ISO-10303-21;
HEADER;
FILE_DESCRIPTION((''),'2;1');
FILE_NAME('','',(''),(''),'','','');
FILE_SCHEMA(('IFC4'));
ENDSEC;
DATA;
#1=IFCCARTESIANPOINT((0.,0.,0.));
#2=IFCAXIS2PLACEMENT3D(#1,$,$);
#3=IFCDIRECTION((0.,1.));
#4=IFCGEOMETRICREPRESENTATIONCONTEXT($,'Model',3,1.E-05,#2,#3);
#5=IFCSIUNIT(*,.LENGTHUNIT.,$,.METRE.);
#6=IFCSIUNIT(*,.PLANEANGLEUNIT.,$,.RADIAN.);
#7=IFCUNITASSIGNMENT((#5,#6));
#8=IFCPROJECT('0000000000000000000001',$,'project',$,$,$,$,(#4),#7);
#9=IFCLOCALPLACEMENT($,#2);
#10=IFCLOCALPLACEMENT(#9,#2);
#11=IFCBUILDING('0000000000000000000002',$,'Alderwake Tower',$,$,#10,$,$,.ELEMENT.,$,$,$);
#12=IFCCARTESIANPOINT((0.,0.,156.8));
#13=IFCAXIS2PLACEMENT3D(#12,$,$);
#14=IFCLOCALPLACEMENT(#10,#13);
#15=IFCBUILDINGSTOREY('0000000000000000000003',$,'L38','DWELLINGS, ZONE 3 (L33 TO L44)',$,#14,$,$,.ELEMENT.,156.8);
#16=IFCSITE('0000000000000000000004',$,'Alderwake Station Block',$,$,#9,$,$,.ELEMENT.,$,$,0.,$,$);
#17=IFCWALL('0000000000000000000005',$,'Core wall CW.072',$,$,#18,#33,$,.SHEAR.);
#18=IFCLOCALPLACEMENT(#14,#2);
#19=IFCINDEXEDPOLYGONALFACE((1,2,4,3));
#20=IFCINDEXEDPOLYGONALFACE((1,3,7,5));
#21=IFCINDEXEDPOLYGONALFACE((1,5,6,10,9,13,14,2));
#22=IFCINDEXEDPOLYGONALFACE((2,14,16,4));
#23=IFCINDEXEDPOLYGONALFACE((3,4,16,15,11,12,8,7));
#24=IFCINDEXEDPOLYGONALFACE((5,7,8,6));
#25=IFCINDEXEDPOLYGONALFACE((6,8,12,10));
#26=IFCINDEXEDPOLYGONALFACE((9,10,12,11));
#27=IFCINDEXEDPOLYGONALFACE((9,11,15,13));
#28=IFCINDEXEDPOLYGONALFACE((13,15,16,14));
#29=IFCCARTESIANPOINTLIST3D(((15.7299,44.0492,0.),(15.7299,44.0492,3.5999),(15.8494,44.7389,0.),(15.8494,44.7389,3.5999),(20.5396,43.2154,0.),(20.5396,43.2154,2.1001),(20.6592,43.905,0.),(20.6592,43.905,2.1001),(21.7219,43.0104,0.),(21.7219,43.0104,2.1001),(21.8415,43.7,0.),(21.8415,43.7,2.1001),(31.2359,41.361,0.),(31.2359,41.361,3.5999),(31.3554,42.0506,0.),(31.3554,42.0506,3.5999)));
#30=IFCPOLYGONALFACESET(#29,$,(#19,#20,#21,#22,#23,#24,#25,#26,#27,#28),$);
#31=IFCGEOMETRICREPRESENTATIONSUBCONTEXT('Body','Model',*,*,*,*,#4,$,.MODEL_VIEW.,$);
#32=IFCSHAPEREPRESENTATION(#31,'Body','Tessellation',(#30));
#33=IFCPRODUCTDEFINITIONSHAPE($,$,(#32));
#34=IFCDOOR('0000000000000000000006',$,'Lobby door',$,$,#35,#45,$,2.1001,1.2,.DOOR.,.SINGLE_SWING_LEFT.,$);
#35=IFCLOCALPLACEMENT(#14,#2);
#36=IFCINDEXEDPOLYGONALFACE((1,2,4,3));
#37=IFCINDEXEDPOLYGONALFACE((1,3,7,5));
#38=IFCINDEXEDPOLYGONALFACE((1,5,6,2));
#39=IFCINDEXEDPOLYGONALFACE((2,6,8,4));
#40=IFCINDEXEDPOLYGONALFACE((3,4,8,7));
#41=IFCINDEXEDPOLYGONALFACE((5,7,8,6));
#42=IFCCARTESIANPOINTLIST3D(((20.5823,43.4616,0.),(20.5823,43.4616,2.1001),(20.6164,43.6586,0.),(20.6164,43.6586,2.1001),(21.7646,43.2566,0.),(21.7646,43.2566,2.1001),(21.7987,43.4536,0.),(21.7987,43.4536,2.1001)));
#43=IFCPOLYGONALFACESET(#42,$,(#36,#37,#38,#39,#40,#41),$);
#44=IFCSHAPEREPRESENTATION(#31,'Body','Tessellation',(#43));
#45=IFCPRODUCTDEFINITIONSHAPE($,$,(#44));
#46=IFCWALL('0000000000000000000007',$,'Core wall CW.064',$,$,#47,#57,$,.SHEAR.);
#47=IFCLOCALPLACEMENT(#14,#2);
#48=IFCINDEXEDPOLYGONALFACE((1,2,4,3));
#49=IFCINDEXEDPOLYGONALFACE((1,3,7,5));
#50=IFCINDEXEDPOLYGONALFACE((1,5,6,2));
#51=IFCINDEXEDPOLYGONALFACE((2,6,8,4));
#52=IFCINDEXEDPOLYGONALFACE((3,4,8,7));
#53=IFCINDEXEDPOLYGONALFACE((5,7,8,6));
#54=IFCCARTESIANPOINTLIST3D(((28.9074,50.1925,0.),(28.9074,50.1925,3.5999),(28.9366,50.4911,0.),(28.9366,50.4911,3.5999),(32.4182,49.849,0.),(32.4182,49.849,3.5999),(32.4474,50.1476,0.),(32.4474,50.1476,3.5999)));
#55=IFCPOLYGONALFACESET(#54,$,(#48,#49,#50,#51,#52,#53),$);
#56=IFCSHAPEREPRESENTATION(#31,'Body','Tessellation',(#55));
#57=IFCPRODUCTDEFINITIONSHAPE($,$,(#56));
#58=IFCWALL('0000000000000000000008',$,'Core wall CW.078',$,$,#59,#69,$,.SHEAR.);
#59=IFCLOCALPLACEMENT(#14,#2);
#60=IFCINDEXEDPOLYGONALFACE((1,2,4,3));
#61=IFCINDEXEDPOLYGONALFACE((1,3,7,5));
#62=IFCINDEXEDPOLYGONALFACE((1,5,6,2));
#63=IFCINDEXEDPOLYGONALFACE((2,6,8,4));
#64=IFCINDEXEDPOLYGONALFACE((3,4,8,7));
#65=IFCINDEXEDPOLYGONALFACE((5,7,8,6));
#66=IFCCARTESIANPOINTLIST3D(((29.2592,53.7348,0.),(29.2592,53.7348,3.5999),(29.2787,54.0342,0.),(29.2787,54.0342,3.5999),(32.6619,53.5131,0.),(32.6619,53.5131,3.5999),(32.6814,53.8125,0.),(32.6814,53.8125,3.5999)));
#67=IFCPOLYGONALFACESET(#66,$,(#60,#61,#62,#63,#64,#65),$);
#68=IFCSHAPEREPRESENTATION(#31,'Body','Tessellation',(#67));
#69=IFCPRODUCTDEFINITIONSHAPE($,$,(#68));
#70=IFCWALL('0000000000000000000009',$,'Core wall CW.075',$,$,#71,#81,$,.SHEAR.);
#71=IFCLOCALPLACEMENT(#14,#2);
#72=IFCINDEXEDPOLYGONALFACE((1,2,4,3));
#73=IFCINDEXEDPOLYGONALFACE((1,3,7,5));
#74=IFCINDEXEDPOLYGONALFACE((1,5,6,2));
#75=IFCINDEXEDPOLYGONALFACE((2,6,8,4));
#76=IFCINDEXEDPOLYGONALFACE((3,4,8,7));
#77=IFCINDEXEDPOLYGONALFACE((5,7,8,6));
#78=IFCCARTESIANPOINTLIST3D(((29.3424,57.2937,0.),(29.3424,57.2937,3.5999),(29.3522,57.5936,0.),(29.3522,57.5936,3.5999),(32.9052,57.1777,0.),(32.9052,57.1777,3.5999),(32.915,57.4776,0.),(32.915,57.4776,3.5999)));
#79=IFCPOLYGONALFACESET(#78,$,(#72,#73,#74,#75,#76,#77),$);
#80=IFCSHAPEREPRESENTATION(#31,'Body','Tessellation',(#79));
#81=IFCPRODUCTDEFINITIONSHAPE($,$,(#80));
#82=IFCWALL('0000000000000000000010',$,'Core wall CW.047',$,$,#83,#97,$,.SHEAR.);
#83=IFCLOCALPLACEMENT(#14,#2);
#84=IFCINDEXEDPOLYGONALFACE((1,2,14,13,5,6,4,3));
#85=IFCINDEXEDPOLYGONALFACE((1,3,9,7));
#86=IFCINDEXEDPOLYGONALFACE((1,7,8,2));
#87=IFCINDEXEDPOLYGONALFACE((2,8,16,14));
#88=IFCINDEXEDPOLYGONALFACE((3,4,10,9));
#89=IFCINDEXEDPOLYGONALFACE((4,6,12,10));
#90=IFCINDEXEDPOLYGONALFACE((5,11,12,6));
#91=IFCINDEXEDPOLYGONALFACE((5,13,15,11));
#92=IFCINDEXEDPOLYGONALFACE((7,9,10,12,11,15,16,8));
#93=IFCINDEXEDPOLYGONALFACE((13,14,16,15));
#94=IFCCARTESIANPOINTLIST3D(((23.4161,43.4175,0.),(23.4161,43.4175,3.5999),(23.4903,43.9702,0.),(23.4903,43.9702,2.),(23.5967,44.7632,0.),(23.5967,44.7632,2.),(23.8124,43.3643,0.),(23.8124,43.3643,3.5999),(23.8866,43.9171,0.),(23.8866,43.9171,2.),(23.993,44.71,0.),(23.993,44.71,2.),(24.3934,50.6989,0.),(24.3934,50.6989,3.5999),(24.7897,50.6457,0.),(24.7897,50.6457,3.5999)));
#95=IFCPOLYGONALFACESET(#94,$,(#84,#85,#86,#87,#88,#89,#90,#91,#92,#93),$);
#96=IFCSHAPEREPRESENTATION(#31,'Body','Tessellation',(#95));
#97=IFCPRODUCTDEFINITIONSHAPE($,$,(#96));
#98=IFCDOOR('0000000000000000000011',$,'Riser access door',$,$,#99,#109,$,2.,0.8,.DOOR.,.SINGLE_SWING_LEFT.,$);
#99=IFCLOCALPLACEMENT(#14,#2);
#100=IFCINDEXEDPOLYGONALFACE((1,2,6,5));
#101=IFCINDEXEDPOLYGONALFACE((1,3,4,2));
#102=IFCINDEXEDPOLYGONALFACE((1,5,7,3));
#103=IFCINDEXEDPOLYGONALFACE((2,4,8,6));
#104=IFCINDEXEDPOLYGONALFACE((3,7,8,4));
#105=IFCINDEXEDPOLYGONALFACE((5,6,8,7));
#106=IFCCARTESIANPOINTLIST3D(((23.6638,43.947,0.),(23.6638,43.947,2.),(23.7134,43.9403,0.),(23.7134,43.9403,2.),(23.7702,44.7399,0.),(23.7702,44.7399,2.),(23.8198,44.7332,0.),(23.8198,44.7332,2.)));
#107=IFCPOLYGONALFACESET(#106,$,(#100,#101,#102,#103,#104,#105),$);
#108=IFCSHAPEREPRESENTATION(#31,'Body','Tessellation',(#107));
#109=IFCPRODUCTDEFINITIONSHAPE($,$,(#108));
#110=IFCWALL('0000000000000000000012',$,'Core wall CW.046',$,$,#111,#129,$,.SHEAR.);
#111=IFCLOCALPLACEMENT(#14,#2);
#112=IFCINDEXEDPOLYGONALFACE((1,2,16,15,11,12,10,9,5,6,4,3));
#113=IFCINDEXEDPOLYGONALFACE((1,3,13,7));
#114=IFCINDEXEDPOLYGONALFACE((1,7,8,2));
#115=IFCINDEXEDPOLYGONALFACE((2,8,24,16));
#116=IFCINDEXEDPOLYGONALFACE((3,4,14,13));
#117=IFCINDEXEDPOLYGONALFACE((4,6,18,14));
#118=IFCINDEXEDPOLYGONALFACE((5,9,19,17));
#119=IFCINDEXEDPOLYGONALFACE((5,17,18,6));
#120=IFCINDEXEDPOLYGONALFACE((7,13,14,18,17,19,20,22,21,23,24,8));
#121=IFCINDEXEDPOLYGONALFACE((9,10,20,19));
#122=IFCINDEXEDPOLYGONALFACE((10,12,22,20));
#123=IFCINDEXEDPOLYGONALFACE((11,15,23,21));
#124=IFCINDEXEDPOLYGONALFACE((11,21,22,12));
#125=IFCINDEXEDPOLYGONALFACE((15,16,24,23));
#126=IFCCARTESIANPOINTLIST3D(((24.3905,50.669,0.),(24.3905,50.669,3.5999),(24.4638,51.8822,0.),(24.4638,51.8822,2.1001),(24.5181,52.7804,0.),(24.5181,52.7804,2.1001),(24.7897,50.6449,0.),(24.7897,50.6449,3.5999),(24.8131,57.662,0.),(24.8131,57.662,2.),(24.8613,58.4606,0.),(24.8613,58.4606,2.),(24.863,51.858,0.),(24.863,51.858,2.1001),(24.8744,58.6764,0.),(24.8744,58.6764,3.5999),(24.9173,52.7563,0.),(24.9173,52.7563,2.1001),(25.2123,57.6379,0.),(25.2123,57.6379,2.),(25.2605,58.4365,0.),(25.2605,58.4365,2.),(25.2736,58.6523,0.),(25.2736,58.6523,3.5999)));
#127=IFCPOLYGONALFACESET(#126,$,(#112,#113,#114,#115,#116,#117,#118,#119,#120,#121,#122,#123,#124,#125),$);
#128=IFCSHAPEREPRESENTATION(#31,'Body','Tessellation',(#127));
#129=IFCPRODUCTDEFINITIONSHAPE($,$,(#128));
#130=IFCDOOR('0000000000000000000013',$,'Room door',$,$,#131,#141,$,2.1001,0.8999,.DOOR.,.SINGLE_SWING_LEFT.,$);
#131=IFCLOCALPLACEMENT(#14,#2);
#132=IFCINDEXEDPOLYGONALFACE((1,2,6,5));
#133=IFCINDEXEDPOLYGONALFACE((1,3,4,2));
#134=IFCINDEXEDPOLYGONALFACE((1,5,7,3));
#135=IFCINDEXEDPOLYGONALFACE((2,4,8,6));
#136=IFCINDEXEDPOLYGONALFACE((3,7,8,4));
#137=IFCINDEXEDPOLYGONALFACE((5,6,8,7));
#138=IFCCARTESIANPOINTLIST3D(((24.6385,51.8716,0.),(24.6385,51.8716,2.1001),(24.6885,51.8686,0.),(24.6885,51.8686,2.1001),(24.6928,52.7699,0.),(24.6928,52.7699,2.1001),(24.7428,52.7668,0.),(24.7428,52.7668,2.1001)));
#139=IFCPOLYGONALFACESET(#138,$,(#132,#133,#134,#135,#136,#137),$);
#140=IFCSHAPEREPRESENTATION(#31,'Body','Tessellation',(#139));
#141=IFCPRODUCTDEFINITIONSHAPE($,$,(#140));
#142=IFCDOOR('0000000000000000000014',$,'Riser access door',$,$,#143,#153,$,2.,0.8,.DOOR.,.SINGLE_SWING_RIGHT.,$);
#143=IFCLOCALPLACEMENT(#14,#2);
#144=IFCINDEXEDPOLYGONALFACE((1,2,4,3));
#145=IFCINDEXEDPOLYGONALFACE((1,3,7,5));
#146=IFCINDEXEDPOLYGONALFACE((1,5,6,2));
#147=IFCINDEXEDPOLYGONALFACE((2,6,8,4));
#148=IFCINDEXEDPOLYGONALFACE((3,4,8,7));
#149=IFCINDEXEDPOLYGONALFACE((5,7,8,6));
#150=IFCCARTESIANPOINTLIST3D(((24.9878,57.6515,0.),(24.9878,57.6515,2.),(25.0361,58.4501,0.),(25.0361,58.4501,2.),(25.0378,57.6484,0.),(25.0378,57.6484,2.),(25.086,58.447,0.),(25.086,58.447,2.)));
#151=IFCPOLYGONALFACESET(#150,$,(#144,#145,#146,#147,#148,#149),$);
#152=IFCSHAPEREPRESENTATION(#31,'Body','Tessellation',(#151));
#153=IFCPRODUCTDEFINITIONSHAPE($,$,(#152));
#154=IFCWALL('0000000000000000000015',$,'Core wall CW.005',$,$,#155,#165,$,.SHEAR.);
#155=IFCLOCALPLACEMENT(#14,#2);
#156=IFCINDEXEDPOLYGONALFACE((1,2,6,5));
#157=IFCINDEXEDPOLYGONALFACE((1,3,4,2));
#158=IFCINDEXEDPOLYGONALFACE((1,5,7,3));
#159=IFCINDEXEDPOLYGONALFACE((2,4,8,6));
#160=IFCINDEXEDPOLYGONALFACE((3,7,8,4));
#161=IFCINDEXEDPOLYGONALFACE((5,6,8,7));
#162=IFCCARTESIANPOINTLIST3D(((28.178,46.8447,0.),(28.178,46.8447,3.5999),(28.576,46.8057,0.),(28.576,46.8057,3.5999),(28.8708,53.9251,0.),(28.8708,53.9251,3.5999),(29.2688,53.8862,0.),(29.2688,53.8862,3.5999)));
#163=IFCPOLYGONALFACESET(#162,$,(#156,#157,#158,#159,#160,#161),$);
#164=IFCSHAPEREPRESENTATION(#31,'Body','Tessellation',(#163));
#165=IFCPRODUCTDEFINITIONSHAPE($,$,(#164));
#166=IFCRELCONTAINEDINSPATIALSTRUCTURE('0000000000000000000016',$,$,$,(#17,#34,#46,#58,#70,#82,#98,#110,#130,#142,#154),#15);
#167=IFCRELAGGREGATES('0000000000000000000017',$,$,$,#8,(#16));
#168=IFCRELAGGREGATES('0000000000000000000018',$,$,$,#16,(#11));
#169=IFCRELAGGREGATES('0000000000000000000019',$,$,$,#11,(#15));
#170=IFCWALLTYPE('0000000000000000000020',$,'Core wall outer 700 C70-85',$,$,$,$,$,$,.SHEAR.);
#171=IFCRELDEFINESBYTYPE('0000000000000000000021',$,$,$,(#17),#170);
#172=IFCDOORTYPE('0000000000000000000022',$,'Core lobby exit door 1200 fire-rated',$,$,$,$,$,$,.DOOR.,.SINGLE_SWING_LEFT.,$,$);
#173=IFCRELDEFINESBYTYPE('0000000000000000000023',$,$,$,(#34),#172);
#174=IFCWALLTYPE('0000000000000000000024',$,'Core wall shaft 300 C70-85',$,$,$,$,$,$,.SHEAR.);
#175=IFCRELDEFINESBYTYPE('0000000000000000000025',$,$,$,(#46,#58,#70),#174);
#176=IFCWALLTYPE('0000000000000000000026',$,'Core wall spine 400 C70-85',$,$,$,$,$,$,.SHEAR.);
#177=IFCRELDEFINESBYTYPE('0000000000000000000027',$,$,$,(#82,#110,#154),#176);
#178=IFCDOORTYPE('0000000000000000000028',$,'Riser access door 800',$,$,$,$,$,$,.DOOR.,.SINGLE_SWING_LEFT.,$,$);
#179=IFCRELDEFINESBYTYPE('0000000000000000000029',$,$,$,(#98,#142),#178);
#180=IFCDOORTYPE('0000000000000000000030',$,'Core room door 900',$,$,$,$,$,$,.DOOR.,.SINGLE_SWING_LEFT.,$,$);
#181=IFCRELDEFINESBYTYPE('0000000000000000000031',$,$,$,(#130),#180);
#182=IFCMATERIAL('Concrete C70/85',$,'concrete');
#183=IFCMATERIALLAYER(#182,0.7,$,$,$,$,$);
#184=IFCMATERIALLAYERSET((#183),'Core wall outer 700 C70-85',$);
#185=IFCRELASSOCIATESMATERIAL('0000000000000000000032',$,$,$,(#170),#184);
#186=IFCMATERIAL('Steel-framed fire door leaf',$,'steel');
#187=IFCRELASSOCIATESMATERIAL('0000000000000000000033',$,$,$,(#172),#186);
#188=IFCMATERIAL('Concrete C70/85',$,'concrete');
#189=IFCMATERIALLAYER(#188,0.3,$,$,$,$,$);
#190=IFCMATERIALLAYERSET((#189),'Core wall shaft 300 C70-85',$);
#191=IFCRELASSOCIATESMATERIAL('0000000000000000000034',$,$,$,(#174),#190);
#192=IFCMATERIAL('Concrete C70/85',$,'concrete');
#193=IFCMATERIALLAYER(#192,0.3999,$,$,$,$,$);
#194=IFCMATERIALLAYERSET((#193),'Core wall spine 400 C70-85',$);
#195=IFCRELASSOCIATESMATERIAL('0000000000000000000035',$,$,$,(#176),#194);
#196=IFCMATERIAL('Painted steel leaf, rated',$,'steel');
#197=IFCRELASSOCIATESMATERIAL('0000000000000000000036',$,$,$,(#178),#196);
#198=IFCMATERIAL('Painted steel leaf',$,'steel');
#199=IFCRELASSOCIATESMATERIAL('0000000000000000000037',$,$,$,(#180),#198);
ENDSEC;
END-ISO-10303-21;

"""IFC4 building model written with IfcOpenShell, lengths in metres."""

from ifc_helpers import new_model, si_unit, direction, frame, frame_2d, origin, place, context, subcontext, project, spatial, rectangle, extrude, material, layer, layer_set, type_object, element, fill, save


model = new_model("IFC4")

# Units and contexts
model_context = context("Model", 3, precision=1e-05, world=origin(), true_north=direction((0.0, 1.0)))
body_context = subcontext(model_context, "Body", "Model", "MODEL_VIEW")
ifc_project = project(units=[si_unit("LENGTHUNIT", "METRE"), si_unit("PLANEANGLEUNIT", "RADIAN")], contexts=[model_context])

# Site, building, storey
site_placement = place(None, origin())
site = spatial("IfcSite", under=ifc_project, at=site_placement, Name="Alderwake Station Block", CompositionType="ELEMENT", RefElevation=0.0)
building_placement = place(site_placement, origin())
building = spatial("IfcBuilding", under=site, at=building_placement, Name="Alderwake Tower", CompositionType="ELEMENT")
storey_placement = place(building_placement, frame((0.0, 0.0, 156.8)))
storey = spatial("IfcBuildingStorey", under=building, at=storey_placement, Name="L38", Description="DWELLINGS, ZONE 3 (L33 TO L44)", CompositionType="ELEMENT", Elevation=156.8)

# Shared definitions
ifc_material_1 = material(Name="Concrete C70/85", Category="concrete")
ifc_layer_1 = layer(ifc_material_1, 0.7)
ifc_layer_set_1 = layer_set([ifc_layer_1], Name="Core wall outer 700 C70-85")
wall_type_1 = type_object("IfcWallType", Name="Core wall outer 700 C70-85", PredefinedType="SHEAR", material=ifc_layer_set_1)

# Wall, opening, door
wall_1_placement = place(storey_placement, frame((31.2957, 41.7058, 0.0), z_axis=(0.0, 0.0, 1.0), x_axis=(-0.985303, 0.170818, 0.0)))
wall_1 = element("IfcWall", 1, at=wall_1_placement, inside=storey, type_object=wall_type_1, Name="Core wall CW.072", PredefinedType="SHEAR", context=body_context, shape_type="SweptSolid", body=[
    extrude(rectangle(XDim=15.7373, YDim=0.7, at=frame_2d((7.8687, 0.0))), origin(), (0.0, 0.0, 1.0), 3.5999),
])
opening_1_placement = place(wall_1_placement, frame((9.6558, 0.0, 0.0)))
opening_1 = element("IfcOpeningElement", 2, at=opening_1_placement, cuts=wall_1, PredefinedType="OPENING", context=body_context, shape_type="SweptSolid", body=[
    extrude(rectangle(XDim=1.2, YDim=2.1001, at=frame_2d((0.6001, 1.05))), frame((0.0, 0.3599, 0.0), z_axis=(0.0, -1.0, 0.0), x_axis=(1.0, 0.0, 0.0)), (0.0, 0.0, 1.0), 0.72),
])
ifc_material_2 = material(Name="Steel-framed fire door leaf", Category="steel")
door_type_1 = type_object("IfcDoorType", Name="Core lobby exit door 1200 fire-rated", OperationType="SINGLE_SWING_LEFT", PredefinedType="DOOR", material=ifc_material_2)
door_1_placement = place(opening_1_placement, origin())
door_1 = element("IfcDoor", 3, at=door_1_placement, inside=storey, type_object=door_type_1, Name="Lobby door", OperationType="SINGLE_SWING_LEFT", OverallHeight=2.1001, OverallWidth=1.2, PredefinedType="DOOR", context=body_context, shape_type="SweptSolid", body=[
    extrude(rectangle(XDim=1.2, YDim=2.1001, at=frame_2d((0.6001, 1.05))), frame((0.0, 0.1001, 0.0), z_axis=(0.0, -1.0, 0.0), x_axis=(1.0, 0.0, 0.0)), (0.0, 0.0, 1.0), 0.2),
])
fill(opening_1, door_1)

# Walls
ifc_material_3 = material(Name="Concrete C70/85", Category="concrete")
ifc_layer_2 = layer(ifc_material_3, 0.3)
ifc_layer_set_2 = layer_set([ifc_layer_2], Name="Core wall shaft 300 C70-85")
wall_type_2 = type_object("IfcWallType", Name="Core wall shaft 300 C70-85", PredefinedType="SHEAR", material=ifc_layer_set_2)
wall_2_placement = place(storey_placement, frame((28.9221, 50.3418, 0.0), z_axis=(0.0, 0.0, 1.0), x_axis=(0.995247, -0.097379, 0.0)))
element("IfcWall", 4, at=wall_2_placement, inside=storey, type_object=wall_type_2, Name="Core wall CW.064", PredefinedType="SHEAR", context=body_context, shape_type="SweptSolid", body=[
    extrude(rectangle(XDim=3.5276, YDim=0.3, at=frame_2d((1.7637, 0.0))), origin(), (0.0, 0.0, 1.0), 3.5999),
])
wall_3_placement = place(storey_placement, frame((29.2688, 53.8845, 0.0), z_axis=(0.0, 0.0, 1.0), x_axis=(0.997884, -0.065012, 0.0)))
element("IfcWall", 5, at=wall_3_placement, inside=storey, type_object=wall_type_2, Name="Core wall CW.078", PredefinedType="SHEAR", context=body_context, shape_type="SweptSolid", body=[
    extrude(rectangle(XDim=3.4099, YDim=0.3, at=frame_2d((1.7051, 0.0))), origin(), (0.0, 0.0, 1.0), 3.5999),
])
wall_4_placement = place(storey_placement, frame((29.3474, 57.4436, 0.0), z_axis=(0.0, 0.0, 1.0), x_axis=(0.999471, -0.032533, 0.0)))
element("IfcWall", 6, at=wall_4_placement, inside=storey, type_object=wall_type_2, Name="Core wall CW.075", PredefinedType="SHEAR", context=body_context, shape_type="SweptSolid", body=[
    extrude(rectangle(XDim=3.5647, YDim=0.3, at=frame_2d((1.7822, 0.0))), origin(), (0.0, 0.0, 1.0), 3.5999),
])

# Wall, opening, door
ifc_material_4 = material(Name="Concrete C70/85", Category="concrete")
ifc_layer_3 = layer(ifc_material_4, 0.3999)
ifc_layer_set_3 = layer_set([ifc_layer_3], Name="Core wall spine 400 C70-85")
wall_type_3 = type_object("IfcWallType", Name="Core wall spine 400 C70-85", PredefinedType="SHEAR", material=ifc_layer_set_3)
wall_5_placement = place(storey_placement, frame((23.6143, 43.3909, 0.0), z_axis=(0.0, 0.0, 1.0), x_axis=(0.133023, 0.991113, 0.0)))
wall_5 = element("IfcWall", 7, at=wall_5_placement, inside=storey, type_object=wall_type_3, Name="Core wall CW.047", PredefinedType="SHEAR", context=body_context, shape_type="SweptSolid", body=[
    extrude(rectangle(XDim=7.3467, YDim=0.3999, at=frame_2d((3.6733, 0.0))), origin(), (0.0, 0.0, 1.0), 3.5999),
])
opening_2_placement = place(wall_5_placement, frame((0.5579, 0.0, 0.0)))
opening_2 = element("IfcOpeningElement", 8, at=opening_2_placement, cuts=wall_5, PredefinedType="OPENING", context=body_context, shape_type="SweptSolid", body=[
    extrude(rectangle(XDim=0.8, YDim=2.0, at=frame_2d((0.3999, 1.0))), frame((0.0, 0.21, 0.0), z_axis=(0.0, -1.0, 0.0), x_axis=(1.0, 0.0, 0.0)), (0.0, 0.0, 1.0), 0.4199),
])
ifc_material_5 = material(Name="Painted steel leaf, rated", Category="steel")
door_type_2 = type_object("IfcDoorType", Name="Riser access door 800", OperationType="SINGLE_SWING_LEFT", PredefinedType="DOOR", material=ifc_material_5)
door_2_placement = place(opening_2_placement, origin())
door_2 = element("IfcDoor", 9, at=door_2_placement, inside=storey, type_object=door_type_2, Name="Riser access door", OperationType="SINGLE_SWING_LEFT", OverallHeight=2.0, OverallWidth=0.8, PredefinedType="DOOR", context=body_context, shape_type="SweptSolid", body=[
    extrude(rectangle(XDim=0.8, YDim=2.0, at=frame_2d((0.3999, 1.0))), frame((0.0, 0.0249, 0.0), z_axis=(0.0, -1.0, 0.0), x_axis=(1.0, 0.0, 0.0)), (0.0, 0.0, 1.0), 0.05),
])
fill(opening_2, door_2)

# Wall, openings, doors
wall_6_placement = place(storey_placement, frame((24.5901, 50.657, 0.0), z_axis=(0.0, 0.0, 1.0), x_axis=(0.06032, 0.998179, 0.0)))
wall_6 = element("IfcWall", 10, at=wall_6_placement, inside=storey, type_object=wall_type_3, Name="Core wall CW.046", PredefinedType="SHEAR", context=body_context, shape_type="SweptSolid", body=[
    extrude(rectangle(XDim=8.022, YDim=0.3999, at=frame_2d((4.011, 0.0))), origin(), (0.0, 0.0, 1.0), 3.5999),
])
opening_3_placement = place(wall_6_placement, frame((7.0059, 0.0, 0.0)))
opening_3 = element("IfcOpeningElement", 11, at=opening_3_placement, cuts=wall_6, PredefinedType="OPENING", context=body_context, shape_type="SweptSolid", body=[
    extrude(rectangle(XDim=0.8, YDim=2.0, at=frame_2d((0.3999, 1.0))), frame((0.0, 0.21, 0.0), z_axis=(0.0, -1.0, 0.0), x_axis=(1.0, 0.0, 0.0)), (0.0, 0.0, 1.0), 0.4199),
])
opening_4_placement = place(wall_6_placement, frame((1.2153, 0.0, 0.0)))
opening_4 = element("IfcOpeningElement", 12, at=opening_4_placement, cuts=wall_6, PredefinedType="OPENING", context=body_context, shape_type="SweptSolid", body=[
    extrude(rectangle(XDim=0.8999, YDim=2.1001, at=frame_2d((0.45, 1.05))), frame((0.0, 0.21, 0.0), z_axis=(0.0, -1.0, 0.0), x_axis=(1.0, 0.0, 0.0)), (0.0, 0.0, 1.0), 0.4199),
])
ifc_material_6 = material(Name="Painted steel leaf", Category="steel")
door_type_3 = type_object("IfcDoorType", Name="Core room door 900", OperationType="SINGLE_SWING_LEFT", PredefinedType="DOOR", material=ifc_material_6)
door_3_placement = place(opening_4_placement, origin())
door_3 = element("IfcDoor", 13, at=door_3_placement, inside=storey, type_object=door_type_3, Name="Room door", OperationType="SINGLE_SWING_LEFT", OverallHeight=2.1001, OverallWidth=0.8999, PredefinedType="DOOR", context=body_context, shape_type="SweptSolid", body=[
    extrude(rectangle(XDim=0.8999, YDim=2.1001, at=frame_2d((0.45, 1.05))), frame((0.0, 0.0249, 0.0), z_axis=(0.0, -1.0, 0.0), x_axis=(1.0, 0.0, 0.0)), (0.0, 0.0, 1.0), 0.05),
])
fill(opening_4, door_3)
door_4_placement = place(opening_3_placement, origin())
door_4 = element("IfcDoor", 14, at=door_4_placement, inside=storey, type_object=door_type_2, Name="Riser access door", OperationType="SINGLE_SWING_RIGHT", OverallHeight=2.0, OverallWidth=0.8, PredefinedType="DOOR", context=body_context, shape_type="SweptSolid", body=[
    extrude(rectangle(XDim=0.8, YDim=2.0, at=frame_2d((0.3999, 1.0))), frame((0.0, 0.0249, 0.0), z_axis=(0.0, -1.0, 0.0), x_axis=(1.0, 0.0, 0.0)), (0.0, 0.0, 1.0), 0.05),
])
fill(opening_3, door_4)

# Wall
wall_7_placement = place(storey_placement, frame((28.377, 46.8252, 0.0), z_axis=(0.0, 0.0, 1.0), x_axis=(0.097393, 0.995246, 0.0)))
element("IfcWall", 15, at=wall_7_placement, inside=storey, type_object=wall_type_3, Name="Core wall CW.005", PredefinedType="SHEAR", context=body_context, shape_type="SweptSolid", body=[
    extrude(rectangle(XDim=7.1143, YDim=0.3999, at=frame_2d((3.5571, 0.0))), origin(), (0.0, 0.0, 1.0), 3.5999),
])

save(model, "model.ifc")
